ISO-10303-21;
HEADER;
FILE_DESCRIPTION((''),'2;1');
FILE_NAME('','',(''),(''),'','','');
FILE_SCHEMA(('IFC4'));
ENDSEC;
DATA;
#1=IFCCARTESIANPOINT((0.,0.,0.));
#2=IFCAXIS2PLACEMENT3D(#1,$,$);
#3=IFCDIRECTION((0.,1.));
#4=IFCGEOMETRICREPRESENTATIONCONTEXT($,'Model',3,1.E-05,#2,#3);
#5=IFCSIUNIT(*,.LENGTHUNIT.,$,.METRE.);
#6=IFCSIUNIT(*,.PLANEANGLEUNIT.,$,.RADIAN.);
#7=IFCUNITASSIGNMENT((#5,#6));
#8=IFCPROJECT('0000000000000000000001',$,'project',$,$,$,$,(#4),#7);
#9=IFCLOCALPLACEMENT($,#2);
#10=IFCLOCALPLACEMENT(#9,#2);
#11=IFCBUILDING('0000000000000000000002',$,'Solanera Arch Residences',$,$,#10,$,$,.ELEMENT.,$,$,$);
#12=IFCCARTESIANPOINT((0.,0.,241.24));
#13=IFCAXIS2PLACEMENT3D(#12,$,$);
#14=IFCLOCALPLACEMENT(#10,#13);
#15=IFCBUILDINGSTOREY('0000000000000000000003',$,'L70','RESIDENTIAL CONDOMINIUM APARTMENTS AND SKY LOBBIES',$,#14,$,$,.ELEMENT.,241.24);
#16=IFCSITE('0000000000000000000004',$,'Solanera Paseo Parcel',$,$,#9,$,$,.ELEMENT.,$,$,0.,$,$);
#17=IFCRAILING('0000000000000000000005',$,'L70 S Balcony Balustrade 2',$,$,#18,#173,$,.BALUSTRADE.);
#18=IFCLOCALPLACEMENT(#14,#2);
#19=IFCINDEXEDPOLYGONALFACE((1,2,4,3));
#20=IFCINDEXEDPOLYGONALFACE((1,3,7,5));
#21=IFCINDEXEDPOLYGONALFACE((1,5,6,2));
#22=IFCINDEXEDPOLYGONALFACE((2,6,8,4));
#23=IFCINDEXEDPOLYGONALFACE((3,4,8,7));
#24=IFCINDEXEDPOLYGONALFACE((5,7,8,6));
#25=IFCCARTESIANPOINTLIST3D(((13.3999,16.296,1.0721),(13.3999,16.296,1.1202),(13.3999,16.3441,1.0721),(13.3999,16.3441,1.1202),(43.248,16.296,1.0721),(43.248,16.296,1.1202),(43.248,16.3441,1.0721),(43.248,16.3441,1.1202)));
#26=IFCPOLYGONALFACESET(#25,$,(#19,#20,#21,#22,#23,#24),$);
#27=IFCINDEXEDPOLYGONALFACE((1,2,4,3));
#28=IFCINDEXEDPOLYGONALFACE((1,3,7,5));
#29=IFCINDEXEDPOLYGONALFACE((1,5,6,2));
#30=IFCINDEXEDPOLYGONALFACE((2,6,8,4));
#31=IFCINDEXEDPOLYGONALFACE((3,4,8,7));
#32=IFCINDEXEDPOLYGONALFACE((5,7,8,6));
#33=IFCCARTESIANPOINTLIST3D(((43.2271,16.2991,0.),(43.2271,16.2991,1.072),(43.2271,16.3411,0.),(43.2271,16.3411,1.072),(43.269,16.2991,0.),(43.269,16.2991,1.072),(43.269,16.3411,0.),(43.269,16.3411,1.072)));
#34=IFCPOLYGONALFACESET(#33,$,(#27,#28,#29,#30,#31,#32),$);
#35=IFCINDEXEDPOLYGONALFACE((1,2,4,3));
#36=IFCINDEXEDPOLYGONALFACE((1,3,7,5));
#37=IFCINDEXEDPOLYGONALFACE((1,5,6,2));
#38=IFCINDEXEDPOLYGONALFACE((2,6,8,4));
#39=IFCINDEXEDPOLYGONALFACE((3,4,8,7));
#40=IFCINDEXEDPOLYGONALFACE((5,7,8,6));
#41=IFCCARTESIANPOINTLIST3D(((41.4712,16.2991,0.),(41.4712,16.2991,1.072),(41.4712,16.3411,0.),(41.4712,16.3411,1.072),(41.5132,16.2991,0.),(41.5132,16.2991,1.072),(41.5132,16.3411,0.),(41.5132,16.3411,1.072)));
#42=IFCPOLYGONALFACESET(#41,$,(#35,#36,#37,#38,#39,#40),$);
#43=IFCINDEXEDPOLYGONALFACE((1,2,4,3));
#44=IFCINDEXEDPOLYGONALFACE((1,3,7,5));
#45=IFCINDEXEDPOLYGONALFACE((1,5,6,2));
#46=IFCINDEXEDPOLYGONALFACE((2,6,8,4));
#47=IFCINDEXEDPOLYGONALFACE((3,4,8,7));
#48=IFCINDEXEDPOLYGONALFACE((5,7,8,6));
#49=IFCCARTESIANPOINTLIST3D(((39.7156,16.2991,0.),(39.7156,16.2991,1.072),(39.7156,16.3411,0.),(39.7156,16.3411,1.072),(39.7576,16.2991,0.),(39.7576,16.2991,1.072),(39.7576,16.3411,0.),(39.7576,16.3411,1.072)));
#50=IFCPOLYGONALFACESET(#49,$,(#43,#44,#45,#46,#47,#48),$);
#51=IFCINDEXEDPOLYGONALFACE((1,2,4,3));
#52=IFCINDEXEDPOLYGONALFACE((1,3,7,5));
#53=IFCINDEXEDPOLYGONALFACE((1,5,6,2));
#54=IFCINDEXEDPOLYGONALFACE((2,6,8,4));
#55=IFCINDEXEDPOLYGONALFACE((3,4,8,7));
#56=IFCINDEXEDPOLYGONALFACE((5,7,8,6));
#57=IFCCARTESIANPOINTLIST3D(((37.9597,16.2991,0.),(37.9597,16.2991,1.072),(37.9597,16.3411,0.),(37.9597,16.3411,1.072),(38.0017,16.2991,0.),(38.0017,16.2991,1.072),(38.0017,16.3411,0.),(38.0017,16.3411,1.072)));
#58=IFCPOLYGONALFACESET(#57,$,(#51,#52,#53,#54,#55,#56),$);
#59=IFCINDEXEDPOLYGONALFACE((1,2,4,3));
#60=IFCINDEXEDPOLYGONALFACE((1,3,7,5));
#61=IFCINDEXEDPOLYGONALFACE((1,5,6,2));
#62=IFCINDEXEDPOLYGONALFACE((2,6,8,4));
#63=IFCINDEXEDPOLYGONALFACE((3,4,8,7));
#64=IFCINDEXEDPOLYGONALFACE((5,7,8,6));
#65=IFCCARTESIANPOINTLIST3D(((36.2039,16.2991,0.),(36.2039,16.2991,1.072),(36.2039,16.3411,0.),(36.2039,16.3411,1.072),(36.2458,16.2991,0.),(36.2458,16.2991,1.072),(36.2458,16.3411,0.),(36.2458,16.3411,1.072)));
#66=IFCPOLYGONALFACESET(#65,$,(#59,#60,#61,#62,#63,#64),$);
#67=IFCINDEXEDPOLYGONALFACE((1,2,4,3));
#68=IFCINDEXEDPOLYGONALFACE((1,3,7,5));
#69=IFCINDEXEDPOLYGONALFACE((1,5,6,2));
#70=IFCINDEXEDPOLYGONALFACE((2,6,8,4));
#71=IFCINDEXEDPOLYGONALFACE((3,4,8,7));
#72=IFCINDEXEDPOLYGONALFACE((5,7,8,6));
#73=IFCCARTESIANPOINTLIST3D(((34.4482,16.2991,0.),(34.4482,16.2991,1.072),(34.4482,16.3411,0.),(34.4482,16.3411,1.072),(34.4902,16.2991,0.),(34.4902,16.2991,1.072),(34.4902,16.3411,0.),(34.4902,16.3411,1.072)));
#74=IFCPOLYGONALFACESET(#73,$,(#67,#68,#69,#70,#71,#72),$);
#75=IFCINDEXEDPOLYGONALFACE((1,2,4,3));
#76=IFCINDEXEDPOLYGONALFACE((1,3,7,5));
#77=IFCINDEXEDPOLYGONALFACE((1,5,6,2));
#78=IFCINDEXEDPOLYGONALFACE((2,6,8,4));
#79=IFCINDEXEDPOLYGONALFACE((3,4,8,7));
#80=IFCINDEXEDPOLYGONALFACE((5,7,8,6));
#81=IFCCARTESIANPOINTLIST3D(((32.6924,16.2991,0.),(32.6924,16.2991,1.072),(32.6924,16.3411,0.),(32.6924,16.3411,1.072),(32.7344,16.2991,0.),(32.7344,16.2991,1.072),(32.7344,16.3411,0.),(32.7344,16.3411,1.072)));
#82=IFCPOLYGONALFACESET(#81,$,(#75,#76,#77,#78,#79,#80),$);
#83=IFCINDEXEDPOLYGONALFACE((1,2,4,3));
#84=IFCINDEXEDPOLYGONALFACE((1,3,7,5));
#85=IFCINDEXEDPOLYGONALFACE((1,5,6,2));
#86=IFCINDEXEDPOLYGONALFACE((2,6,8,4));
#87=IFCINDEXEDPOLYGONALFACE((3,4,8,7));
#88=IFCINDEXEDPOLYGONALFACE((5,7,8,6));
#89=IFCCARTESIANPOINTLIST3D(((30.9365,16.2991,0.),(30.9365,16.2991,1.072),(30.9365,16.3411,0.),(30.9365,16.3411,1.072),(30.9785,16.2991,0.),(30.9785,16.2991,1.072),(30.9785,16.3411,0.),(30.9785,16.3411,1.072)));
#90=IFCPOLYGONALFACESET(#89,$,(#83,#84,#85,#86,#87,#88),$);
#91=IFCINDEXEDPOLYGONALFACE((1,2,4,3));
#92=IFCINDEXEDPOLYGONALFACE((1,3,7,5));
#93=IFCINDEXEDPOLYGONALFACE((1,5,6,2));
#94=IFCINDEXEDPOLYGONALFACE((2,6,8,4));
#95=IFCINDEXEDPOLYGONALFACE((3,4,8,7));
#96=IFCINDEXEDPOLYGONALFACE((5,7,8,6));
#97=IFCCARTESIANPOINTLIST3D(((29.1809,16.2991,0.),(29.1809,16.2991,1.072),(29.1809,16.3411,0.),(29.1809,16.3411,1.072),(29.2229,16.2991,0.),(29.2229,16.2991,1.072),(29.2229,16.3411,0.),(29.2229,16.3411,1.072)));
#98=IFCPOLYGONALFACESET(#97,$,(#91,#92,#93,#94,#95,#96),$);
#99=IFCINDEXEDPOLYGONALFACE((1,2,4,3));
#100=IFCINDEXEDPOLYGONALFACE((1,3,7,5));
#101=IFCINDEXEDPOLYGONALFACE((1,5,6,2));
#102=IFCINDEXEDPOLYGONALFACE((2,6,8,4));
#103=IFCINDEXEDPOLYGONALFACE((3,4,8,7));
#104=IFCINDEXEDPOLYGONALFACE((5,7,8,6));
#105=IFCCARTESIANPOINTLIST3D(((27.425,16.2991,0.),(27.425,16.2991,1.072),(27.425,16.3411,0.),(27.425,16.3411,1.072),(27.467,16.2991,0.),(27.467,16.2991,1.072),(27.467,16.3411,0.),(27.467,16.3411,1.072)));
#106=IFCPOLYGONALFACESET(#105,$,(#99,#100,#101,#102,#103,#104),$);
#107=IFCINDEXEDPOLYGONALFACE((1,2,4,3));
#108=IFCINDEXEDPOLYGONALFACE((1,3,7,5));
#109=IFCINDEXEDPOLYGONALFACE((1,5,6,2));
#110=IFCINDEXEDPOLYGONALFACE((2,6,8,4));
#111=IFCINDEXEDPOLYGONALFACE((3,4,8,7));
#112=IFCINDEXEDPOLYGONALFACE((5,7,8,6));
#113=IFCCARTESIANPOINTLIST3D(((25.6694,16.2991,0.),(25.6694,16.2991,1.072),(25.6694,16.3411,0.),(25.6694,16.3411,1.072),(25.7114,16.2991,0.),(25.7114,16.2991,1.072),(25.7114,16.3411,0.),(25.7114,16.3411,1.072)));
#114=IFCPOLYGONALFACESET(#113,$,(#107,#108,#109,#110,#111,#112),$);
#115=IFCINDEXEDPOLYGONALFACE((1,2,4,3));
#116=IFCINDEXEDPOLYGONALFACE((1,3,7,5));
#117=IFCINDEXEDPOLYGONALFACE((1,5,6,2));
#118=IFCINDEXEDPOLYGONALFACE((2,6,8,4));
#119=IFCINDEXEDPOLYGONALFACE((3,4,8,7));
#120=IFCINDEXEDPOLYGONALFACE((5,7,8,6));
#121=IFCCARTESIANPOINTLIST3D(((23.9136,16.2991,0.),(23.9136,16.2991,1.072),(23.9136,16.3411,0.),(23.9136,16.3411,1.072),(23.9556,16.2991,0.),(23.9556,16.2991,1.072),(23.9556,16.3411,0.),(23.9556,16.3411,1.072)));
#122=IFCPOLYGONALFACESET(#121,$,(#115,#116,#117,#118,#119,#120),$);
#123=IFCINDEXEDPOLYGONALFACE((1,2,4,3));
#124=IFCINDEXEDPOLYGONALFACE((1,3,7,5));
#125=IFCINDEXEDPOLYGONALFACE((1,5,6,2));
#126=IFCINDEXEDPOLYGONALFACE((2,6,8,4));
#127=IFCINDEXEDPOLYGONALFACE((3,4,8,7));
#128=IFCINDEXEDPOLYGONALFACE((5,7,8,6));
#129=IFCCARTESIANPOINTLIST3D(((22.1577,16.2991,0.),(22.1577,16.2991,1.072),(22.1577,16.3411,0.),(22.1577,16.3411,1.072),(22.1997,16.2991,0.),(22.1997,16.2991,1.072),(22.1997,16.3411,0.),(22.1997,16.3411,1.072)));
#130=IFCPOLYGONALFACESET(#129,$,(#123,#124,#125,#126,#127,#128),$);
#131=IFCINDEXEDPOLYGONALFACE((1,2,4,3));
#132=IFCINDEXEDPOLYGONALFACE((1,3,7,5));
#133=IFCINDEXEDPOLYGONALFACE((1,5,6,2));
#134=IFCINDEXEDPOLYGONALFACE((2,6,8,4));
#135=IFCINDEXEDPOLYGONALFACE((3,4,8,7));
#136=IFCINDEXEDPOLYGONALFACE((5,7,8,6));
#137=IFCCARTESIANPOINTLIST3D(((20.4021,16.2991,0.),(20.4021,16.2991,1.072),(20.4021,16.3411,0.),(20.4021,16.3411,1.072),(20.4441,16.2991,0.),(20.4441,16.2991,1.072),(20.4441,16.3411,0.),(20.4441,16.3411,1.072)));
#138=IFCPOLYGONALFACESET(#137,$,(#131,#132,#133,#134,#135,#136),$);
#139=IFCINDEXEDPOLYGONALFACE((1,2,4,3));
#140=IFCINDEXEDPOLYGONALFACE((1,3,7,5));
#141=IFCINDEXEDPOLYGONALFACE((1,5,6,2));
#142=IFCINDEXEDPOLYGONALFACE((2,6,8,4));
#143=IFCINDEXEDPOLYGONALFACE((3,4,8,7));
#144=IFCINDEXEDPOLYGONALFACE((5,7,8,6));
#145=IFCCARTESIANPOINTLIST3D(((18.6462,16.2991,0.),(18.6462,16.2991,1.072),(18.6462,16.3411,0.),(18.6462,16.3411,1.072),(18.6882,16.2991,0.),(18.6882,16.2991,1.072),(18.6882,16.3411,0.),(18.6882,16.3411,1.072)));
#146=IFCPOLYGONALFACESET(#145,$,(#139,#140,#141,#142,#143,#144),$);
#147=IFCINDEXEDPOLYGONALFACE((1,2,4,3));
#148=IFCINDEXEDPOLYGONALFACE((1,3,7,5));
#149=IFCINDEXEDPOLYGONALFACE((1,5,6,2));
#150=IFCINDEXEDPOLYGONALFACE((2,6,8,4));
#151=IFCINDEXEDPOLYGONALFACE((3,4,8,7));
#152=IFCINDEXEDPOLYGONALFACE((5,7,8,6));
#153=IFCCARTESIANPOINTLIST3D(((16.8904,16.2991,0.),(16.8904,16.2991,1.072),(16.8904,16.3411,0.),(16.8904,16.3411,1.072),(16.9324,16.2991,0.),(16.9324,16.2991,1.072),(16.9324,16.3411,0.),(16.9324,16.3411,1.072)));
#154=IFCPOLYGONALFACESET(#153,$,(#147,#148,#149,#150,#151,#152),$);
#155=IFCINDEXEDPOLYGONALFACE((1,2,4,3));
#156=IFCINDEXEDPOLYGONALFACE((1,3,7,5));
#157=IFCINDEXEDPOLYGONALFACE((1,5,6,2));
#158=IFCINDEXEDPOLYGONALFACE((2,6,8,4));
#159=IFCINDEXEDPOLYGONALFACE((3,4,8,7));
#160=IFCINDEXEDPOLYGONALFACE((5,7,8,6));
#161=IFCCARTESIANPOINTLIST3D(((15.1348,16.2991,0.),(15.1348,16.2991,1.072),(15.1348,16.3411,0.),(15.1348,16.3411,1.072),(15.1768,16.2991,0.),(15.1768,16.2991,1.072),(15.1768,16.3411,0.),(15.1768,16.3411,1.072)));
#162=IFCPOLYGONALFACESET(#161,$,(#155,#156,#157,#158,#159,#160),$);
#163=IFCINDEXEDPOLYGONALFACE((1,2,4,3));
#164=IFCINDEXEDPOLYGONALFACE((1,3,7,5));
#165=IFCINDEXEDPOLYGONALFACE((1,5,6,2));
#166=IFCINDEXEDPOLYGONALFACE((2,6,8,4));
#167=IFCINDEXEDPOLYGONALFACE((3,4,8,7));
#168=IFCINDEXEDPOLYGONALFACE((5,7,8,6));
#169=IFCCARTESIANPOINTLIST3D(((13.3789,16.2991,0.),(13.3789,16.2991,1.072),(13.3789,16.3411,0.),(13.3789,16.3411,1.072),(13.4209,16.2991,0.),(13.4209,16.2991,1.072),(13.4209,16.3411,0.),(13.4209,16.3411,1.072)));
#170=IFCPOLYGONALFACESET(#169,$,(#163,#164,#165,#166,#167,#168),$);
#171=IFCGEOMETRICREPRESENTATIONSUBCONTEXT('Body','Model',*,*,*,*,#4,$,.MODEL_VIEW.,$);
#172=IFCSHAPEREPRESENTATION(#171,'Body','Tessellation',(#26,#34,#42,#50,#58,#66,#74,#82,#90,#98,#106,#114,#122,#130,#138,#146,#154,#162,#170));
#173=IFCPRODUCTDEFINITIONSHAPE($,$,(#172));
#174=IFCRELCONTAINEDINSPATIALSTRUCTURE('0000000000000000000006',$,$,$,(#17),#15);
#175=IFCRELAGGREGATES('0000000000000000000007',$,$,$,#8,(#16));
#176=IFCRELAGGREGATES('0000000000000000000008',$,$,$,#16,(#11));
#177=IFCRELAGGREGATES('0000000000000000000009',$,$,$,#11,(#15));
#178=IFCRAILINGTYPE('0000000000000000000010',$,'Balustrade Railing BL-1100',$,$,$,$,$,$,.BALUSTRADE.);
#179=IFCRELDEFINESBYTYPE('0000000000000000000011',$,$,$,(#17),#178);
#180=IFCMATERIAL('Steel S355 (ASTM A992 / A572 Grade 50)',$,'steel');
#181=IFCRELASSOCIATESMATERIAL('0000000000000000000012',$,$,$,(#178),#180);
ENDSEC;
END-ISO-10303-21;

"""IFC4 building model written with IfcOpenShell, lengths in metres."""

from ifc_helpers import new_model, si_unit, direction, frame, origin, origin_2d, place, context, subcontext, project, spatial, rectangle, extrude, material, type_object, element, save


model = new_model("IFC4")

# Units and contexts
model_context = context("Model", 3, precision=1e-05, world=origin(), true_north=direction((0.0, 1.0)))
body_context = subcontext(model_context, "Body", "Model", "MODEL_VIEW")
ifc_project = project(units=[si_unit("LENGTHUNIT", "METRE"), si_unit("PLANEANGLEUNIT", "RADIAN")], contexts=[model_context])

# Site, building, storey
site_placement = place(None, origin())
site = spatial("IfcSite", under=ifc_project, at=site_placement, Name="Solanera Paseo Parcel", CompositionType="ELEMENT", RefElevation=0.0)
building_placement = place(site_placement, origin())
building = spatial("IfcBuilding", under=site, at=building_placement, Name="Solanera Arch Residences", CompositionType="ELEMENT")
storey_placement = place(building_placement, frame((0.0, 0.0, 241.24)))
storey = spatial("IfcBuildingStorey", under=building, at=storey_placement, Name="L70", Description="RESIDENTIAL CONDOMINIUM APARTMENTS AND SKY LOBBIES", CompositionType="ELEMENT", Elevation=241.24)

# Railing
ifc_material_1 = material(Name="Steel S355 (ASTM A992 / A572 Grade 50)", Category="steel")
railing_type = type_object("IfcRailingType", Name="Balustrade Railing BL-1100", PredefinedType="BALUSTRADE", material=ifc_material_1)
railing_1_placement = place(storey_placement, frame((43.248, 16.3201, 0.0)))
element("IfcRailing", 1, at=railing_1_placement, inside=storey, type_object=railing_type, Name="L70 S Balcony Balustrade 2", PredefinedType="BALUSTRADE", context=body_context, shape_type="SweptSolid", body=[
    extrude(rectangle(XDim=0.0481, YDim=0.0481, at=origin_2d()), frame((0.0, 0.0, 1.0962), z_axis=(-1.0, 0.0, 0.0), x_axis=(0.0, -1.0, 0.0)), (0.0, 0.0, 1.0), 29.8481),
    extrude(rectangle(XDim=0.042, YDim=0.042, at=origin_2d()), origin(), (0.0, 0.0, 1.0), 1.072),
    extrude(rectangle(XDim=0.042, YDim=0.042, at=origin_2d()), frame((-1.7559, 0.0, 0.0)), (0.0, 0.0, 1.0), 1.072),
    extrude(rectangle(XDim=0.042, YDim=0.042, at=origin_2d()), frame((-3.5115, 0.0, 0.0)), (0.0, 0.0, 1.0), 1.072),
    extrude(rectangle(XDim=0.042, YDim=0.042, at=origin_2d()), frame((-5.2673, 0.0, 0.0)), (0.0, 0.0, 1.0), 1.072),
    extrude(rectangle(XDim=0.042, YDim=0.042, at=origin_2d()), frame((-7.0232, 0.0, 0.0)), (0.0, 0.0, 1.0), 1.072),
    extrude(rectangle(XDim=0.042, YDim=0.042, at=origin_2d()), frame((-8.7788, 0.0, 0.0)), (0.0, 0.0, 1.0), 1.072),
    extrude(rectangle(XDim=0.042, YDim=0.042, at=origin_2d()), frame((-10.5347, 0.0, 0.0)), (0.0, 0.0, 1.0), 1.072),
    extrude(rectangle(XDim=0.042, YDim=0.042, at=origin_2d()), frame((-12.2905, 0.0, 0.0)), (0.0, 0.0, 1.0), 1.072),
    extrude(rectangle(XDim=0.042, YDim=0.042, at=origin_2d()), frame((-14.0461, 0.0, 0.0)), (0.0, 0.0, 1.0), 1.072),
    extrude(rectangle(XDim=0.042, YDim=0.042, at=origin_2d()), frame((-15.802, 0.0, 0.0)), (0.0, 0.0, 1.0), 1.072),
    extrude(rectangle(XDim=0.042, YDim=0.042, at=origin_2d()), frame((-17.5576, 0.0, 0.0)), (0.0, 0.0, 1.0), 1.072),
    extrude(rectangle(XDim=0.042, YDim=0.042, at=origin_2d()), frame((-19.3135, 0.0, 0.0)), (0.0, 0.0, 1.0), 1.072),
    extrude(rectangle(XDim=0.042, YDim=0.042, at=origin_2d()), frame((-21.0693, 0.0, 0.0)), (0.0, 0.0, 1.0), 1.072),
    extrude(rectangle(XDim=0.042, YDim=0.042, at=origin_2d()), frame((-22.825, 0.0, 0.0)), (0.0, 0.0, 1.0), 1.072),
    extrude(rectangle(XDim=0.042, YDim=0.042, at=origin_2d()), frame((-24.5808, 0.0, 0.0)), (0.0, 0.0, 1.0), 1.072),
    extrude(rectangle(XDim=0.042, YDim=0.042, at=origin_2d()), frame((-26.3367, 0.0, 0.0)), (0.0, 0.0, 1.0), 1.072),
    extrude(rectangle(XDim=0.042, YDim=0.042, at=origin_2d()), frame((-28.0923, 0.0, 0.0)), (0.0, 0.0, 1.0), 1.072),
    extrude(rectangle(XDim=0.042, YDim=0.042, at=origin_2d()), frame((-29.8481, 0.0, 0.0)), (0.0, 0.0, 1.0), 1.072),
])

save(model, "model.ifc")
